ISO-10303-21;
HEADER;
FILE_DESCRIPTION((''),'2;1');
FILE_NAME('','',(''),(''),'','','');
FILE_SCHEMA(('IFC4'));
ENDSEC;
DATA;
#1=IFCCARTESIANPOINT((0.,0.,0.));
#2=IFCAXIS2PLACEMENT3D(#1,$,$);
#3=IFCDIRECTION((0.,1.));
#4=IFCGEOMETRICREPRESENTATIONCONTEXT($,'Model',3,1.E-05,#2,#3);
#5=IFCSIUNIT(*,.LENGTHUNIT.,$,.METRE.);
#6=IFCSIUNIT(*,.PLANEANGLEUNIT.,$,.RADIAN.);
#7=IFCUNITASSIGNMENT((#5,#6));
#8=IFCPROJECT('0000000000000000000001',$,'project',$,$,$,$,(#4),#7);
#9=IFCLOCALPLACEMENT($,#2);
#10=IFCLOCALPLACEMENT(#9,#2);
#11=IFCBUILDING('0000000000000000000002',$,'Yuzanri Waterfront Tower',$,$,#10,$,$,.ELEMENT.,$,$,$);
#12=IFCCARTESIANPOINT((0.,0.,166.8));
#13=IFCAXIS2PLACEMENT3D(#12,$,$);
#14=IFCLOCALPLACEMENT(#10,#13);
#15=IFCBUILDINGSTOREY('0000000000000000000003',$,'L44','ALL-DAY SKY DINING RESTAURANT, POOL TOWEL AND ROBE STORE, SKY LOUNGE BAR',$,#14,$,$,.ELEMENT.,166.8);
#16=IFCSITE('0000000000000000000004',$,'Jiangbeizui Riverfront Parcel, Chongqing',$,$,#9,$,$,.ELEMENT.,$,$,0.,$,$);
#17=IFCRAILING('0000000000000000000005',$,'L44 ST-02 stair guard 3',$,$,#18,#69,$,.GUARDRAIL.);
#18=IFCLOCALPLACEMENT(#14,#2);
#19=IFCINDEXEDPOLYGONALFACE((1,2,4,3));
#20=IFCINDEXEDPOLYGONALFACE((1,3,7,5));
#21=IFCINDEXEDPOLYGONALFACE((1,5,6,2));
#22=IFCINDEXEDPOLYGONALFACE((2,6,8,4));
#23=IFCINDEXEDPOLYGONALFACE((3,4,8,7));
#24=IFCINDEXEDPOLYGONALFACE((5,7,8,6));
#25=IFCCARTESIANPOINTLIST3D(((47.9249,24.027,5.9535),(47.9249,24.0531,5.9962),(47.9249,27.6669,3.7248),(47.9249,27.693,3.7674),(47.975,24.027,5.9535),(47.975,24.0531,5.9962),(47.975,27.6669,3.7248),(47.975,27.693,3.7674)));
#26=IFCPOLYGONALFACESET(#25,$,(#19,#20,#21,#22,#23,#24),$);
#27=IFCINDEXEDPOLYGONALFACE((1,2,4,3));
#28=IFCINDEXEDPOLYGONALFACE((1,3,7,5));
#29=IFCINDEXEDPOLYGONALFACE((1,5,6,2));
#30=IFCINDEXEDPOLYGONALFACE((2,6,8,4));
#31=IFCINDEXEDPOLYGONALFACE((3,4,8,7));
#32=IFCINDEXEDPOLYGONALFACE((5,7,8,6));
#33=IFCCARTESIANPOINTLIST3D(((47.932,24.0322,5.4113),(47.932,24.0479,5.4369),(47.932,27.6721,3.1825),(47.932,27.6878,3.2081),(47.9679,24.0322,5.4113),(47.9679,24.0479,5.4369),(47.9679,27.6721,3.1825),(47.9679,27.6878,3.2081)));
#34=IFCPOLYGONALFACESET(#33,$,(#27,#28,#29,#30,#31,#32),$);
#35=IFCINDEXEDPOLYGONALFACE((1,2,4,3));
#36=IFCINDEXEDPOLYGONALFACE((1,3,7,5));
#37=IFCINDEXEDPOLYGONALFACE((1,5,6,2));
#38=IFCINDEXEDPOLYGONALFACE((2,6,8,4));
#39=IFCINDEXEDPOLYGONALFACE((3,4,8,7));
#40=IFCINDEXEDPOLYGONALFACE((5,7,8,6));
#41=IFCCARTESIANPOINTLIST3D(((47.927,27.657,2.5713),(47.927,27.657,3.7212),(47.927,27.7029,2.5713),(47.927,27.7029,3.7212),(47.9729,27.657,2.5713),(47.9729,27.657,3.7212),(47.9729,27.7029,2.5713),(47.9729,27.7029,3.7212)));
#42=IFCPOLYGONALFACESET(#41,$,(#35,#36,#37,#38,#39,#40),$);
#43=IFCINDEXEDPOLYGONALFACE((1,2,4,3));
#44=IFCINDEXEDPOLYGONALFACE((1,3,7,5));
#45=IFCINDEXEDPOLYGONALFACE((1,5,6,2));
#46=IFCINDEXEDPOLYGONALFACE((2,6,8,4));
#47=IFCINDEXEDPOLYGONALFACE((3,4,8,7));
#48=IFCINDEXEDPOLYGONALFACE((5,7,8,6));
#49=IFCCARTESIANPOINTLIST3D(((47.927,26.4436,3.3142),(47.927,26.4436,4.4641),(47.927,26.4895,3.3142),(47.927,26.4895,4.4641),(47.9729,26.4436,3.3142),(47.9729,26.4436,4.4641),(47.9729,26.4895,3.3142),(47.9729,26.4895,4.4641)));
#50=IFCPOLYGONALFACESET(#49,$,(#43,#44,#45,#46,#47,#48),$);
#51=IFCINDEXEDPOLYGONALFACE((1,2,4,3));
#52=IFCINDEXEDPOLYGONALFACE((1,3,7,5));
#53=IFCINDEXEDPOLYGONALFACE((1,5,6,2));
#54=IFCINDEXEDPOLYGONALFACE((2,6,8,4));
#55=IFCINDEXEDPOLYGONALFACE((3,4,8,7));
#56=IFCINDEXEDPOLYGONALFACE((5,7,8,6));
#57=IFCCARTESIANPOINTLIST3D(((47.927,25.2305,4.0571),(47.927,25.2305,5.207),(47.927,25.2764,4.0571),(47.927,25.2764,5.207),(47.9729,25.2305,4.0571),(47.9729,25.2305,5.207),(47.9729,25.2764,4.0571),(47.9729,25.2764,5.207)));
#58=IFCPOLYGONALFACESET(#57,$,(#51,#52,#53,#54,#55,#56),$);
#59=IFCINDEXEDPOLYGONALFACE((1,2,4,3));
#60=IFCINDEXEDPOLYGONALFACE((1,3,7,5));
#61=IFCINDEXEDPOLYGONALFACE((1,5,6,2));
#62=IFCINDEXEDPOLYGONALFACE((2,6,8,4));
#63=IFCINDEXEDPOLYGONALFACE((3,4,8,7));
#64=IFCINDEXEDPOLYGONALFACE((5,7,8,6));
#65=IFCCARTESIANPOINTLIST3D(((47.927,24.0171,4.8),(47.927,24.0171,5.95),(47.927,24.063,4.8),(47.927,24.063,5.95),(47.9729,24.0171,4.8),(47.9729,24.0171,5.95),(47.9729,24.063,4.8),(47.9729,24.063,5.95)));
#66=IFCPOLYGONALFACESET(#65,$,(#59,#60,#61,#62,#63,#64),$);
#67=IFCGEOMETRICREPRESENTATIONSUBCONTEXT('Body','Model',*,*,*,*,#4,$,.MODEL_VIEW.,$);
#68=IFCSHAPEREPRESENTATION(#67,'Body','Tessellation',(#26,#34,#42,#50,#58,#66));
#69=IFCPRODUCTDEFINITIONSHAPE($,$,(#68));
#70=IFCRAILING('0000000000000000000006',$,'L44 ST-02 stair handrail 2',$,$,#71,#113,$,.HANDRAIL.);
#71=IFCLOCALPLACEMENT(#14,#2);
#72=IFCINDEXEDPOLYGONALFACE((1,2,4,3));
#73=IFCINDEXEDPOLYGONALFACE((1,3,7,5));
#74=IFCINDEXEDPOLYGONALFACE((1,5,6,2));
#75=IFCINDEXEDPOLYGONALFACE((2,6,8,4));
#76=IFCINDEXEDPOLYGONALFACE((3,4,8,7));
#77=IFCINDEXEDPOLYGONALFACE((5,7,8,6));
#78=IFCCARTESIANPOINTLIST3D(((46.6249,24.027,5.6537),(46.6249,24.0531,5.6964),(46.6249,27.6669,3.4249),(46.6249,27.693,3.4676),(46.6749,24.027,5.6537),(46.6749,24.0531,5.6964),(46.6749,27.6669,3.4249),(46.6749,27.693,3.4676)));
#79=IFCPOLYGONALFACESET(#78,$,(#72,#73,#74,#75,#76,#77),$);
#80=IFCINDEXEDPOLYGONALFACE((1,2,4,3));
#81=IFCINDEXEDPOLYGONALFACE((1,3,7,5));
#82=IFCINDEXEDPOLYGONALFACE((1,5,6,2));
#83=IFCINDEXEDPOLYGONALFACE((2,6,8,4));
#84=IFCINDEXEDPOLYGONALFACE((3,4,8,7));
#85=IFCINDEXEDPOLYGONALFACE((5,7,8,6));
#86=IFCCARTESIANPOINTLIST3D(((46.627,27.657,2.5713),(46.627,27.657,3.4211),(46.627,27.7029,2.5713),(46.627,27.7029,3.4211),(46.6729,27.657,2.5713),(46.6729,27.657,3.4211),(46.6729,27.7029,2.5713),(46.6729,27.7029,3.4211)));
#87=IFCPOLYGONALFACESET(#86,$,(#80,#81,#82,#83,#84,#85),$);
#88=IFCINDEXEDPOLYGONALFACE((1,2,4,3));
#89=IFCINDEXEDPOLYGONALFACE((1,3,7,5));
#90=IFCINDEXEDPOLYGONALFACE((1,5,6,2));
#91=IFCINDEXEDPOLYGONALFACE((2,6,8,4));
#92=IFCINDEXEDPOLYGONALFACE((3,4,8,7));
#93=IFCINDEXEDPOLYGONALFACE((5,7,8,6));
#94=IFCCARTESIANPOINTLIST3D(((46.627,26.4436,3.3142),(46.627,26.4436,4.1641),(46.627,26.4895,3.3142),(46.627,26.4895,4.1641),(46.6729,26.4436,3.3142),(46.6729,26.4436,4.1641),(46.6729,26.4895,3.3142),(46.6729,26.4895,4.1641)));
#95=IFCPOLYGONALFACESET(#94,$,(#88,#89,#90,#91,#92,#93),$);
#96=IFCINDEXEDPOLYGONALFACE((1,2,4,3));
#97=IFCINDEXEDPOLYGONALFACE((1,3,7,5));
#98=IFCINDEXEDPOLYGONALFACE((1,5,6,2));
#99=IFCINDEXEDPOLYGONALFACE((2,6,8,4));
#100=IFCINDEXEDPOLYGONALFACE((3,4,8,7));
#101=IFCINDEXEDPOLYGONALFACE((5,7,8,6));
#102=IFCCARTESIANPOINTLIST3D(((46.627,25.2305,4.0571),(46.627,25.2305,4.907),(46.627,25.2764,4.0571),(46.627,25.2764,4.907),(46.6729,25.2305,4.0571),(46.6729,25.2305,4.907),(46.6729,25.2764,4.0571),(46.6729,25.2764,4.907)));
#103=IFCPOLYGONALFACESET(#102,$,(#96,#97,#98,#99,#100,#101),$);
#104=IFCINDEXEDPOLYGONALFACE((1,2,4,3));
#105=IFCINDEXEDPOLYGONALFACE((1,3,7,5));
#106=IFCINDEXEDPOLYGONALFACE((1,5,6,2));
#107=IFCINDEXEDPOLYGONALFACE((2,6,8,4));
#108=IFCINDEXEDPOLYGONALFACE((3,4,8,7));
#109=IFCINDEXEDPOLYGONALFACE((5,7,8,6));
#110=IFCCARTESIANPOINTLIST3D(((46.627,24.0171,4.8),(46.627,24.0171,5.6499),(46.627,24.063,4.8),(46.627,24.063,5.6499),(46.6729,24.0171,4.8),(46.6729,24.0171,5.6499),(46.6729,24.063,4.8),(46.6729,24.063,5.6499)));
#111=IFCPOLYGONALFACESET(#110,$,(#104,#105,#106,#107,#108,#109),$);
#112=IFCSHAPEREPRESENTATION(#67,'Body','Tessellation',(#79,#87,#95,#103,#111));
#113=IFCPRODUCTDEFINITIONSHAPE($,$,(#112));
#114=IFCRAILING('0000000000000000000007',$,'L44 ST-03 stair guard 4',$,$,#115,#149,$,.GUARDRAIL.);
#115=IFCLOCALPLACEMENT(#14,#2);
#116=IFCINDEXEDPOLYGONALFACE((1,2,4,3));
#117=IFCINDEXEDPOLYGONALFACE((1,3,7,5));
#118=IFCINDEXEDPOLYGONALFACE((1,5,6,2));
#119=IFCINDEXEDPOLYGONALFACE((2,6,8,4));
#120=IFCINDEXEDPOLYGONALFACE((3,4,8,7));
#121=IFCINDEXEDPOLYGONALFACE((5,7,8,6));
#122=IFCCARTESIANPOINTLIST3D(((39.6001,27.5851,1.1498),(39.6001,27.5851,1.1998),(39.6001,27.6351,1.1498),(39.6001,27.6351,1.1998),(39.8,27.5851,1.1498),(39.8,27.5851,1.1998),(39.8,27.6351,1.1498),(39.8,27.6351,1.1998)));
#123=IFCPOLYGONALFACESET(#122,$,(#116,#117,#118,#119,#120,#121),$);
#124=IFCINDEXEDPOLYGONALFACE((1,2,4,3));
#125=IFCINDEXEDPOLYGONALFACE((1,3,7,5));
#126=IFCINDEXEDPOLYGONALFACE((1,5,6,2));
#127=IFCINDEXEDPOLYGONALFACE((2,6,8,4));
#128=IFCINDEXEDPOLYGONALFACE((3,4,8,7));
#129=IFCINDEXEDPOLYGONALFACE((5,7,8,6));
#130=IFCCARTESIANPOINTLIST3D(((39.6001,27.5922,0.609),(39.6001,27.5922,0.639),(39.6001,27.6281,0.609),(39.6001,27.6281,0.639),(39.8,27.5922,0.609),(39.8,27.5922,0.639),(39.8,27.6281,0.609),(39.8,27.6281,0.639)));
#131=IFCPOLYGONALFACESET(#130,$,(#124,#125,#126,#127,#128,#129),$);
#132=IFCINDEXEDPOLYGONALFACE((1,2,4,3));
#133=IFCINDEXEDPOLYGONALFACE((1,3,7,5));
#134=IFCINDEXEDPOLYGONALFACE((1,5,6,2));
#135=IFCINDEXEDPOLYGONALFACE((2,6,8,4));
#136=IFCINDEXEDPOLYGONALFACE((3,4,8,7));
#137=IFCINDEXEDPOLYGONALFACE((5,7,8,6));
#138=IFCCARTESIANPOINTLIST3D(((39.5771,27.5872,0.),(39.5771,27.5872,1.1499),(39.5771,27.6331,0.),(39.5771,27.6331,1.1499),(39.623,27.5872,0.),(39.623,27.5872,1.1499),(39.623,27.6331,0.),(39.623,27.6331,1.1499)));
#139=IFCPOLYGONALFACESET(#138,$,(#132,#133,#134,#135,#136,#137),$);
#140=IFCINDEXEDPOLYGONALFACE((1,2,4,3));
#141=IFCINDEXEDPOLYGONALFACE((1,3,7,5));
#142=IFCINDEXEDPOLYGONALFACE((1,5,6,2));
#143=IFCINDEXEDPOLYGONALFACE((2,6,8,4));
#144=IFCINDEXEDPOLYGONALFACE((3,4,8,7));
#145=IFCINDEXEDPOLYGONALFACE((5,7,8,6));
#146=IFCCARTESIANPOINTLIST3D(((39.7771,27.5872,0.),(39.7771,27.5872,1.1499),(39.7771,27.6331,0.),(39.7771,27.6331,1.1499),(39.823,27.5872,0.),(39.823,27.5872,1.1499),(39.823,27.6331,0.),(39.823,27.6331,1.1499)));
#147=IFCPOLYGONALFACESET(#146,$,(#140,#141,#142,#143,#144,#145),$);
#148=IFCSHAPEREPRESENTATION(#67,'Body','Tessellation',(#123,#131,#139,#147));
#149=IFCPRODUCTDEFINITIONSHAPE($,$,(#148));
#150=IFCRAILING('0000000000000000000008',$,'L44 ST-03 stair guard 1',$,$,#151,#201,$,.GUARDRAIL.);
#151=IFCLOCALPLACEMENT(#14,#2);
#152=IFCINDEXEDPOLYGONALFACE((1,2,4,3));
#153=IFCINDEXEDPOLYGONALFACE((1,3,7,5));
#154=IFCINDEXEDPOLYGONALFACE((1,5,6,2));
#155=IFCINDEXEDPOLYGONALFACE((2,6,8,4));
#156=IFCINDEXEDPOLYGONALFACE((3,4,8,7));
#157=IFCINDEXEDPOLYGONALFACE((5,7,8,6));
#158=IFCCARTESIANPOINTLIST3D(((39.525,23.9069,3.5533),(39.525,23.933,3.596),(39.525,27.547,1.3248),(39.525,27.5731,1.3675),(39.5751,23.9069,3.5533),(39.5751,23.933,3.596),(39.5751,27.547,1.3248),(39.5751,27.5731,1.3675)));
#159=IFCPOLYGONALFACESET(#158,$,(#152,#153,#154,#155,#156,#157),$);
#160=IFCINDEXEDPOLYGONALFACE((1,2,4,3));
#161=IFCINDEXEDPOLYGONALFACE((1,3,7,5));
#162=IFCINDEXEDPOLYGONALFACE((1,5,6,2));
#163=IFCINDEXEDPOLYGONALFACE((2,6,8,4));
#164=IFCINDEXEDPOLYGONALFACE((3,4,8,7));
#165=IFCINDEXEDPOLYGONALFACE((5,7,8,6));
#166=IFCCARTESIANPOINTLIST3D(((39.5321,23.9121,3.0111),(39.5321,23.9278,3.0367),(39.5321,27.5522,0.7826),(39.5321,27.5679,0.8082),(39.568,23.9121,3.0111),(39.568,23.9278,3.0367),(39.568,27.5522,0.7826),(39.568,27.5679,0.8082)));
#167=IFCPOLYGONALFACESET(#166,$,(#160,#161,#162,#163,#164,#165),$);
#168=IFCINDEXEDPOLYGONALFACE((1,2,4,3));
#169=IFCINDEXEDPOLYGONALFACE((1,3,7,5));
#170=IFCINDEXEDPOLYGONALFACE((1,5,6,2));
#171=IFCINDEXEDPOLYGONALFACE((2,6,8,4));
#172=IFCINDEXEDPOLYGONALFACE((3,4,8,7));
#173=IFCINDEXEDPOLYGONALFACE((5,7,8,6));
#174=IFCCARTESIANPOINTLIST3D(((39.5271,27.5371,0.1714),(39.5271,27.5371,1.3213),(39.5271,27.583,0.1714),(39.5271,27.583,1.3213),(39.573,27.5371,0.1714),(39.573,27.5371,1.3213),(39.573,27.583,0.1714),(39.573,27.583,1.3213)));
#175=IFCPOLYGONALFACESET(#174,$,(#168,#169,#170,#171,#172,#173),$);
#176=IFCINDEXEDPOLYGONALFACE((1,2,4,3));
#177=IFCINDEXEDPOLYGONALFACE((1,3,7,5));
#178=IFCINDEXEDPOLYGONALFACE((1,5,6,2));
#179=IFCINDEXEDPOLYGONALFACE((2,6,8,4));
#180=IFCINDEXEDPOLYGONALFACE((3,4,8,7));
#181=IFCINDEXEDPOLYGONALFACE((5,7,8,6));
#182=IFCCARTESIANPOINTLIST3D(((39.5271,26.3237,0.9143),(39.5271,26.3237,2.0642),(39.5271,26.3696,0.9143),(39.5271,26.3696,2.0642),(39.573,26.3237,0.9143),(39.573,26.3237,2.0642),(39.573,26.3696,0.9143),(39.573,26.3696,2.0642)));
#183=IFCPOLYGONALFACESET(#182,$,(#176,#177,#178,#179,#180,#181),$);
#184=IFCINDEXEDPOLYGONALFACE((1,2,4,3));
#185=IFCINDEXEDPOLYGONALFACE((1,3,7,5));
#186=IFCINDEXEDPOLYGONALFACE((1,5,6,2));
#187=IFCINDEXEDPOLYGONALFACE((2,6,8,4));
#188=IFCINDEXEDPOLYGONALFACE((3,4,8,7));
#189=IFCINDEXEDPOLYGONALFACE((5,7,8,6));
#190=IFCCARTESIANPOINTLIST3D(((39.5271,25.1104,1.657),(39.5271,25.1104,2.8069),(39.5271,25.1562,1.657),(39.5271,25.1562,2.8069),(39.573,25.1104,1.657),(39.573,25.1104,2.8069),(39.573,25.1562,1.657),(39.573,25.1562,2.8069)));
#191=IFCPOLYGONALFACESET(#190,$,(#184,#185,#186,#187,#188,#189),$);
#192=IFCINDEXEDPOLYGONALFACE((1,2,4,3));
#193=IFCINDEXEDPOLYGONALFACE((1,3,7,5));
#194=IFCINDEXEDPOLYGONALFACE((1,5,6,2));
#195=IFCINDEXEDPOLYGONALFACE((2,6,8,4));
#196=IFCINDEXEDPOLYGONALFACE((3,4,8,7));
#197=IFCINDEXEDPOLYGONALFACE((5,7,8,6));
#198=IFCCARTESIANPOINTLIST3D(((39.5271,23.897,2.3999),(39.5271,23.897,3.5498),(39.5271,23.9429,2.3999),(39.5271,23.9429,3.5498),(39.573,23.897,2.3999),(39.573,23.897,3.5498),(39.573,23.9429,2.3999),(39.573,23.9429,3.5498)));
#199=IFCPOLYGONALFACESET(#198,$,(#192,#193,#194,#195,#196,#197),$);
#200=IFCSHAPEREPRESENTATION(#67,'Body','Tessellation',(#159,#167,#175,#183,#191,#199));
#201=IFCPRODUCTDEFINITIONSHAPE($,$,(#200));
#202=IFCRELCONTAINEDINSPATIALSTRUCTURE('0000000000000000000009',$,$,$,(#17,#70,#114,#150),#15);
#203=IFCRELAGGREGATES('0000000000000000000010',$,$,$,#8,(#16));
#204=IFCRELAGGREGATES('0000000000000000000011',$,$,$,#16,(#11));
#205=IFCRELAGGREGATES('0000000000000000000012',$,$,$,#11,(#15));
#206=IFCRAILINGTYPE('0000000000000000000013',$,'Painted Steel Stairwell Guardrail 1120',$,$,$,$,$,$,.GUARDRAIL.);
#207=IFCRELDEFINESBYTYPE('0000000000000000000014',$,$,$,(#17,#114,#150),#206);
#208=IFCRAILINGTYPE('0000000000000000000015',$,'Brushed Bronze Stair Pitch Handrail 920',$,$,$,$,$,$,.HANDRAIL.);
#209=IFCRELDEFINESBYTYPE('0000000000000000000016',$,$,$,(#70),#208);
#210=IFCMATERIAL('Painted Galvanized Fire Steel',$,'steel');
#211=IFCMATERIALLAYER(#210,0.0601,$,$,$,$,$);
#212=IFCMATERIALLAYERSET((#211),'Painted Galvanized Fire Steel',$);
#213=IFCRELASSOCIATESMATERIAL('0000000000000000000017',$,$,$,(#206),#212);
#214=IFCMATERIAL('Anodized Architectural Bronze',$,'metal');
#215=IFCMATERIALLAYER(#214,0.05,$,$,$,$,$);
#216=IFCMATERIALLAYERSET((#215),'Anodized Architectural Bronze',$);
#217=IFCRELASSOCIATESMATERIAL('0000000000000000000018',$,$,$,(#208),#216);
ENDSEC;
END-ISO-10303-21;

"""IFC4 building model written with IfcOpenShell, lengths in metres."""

from ifc_helpers import new_model, si_unit, direction, frame, origin, origin_2d, place, context, subcontext, project, spatial, rectangle, extrude, source, transform, mapped, material, layer, layer_set, type_object, element, save


model = new_model("IFC4")

# Units and contexts
model_context = context("Model", 3, precision=1e-05, world=origin(), true_north=direction((0.0, 1.0)))
body_context = subcontext(model_context, "Body", "Model", "MODEL_VIEW")
ifc_project = project(units=[si_unit("LENGTHUNIT", "METRE"), si_unit("PLANEANGLEUNIT", "RADIAN")], contexts=[model_context])

# Site, building, storey
site_placement = place(None, origin())
site = spatial("IfcSite", under=ifc_project, at=site_placement, Name="Jiangbeizui Riverfront Parcel, Chongqing", CompositionType="ELEMENT", RefElevation=0.0)
building_placement = place(site_placement, origin())
building = spatial("IfcBuilding", under=site, at=building_placement, Name="Yuzanri Waterfront Tower", CompositionType="ELEMENT")
storey_placement = place(building_placement, frame((0.0, 0.0, 166.8)))
storey = spatial("IfcBuildingStorey", under=building, at=storey_placement, Name="L44", Description="ALL-DAY SKY DINING RESTAURANT, POOL TOWEL AND ROBE STORE, SKY LOUNGE BAR", CompositionType="ELEMENT", Elevation=166.8)

# Railings
ifc_material_1 = material(Name="Painted Galvanized Fire Steel", Category="steel")
ifc_layer_1 = layer(ifc_material_1, 0.0601)
ifc_layer_set_1 = layer_set([ifc_layer_1], Name="Painted Galvanized Fire Steel")
railing_type_1 = type_object("IfcRailingType", Name="Painted Steel Stairwell Guardrail 1120", PredefinedType="GUARDRAIL", material=ifc_layer_set_1)
shared_shape_1 = source(origin(), body_context, "Body", "SweptSolid", [
    extrude(rectangle(XDim=0.05, YDim=0.05, at=origin_2d()), frame((0.0, 0.0, 1.1748), z_axis=(0.0, -0.852825, 0.522197), x_axis=(1.0, 0.0, 0.0)), (0.0, 0.0, 1.0), 4.2681),
    extrude(rectangle(XDim=0.0359, YDim=0.03, at=origin_2d()), frame((0.0, 0.0, 0.624), z_axis=(0.0, -0.852825, 0.522197), x_axis=(1.0, 0.0, 0.0)), (0.0, 0.0, 1.0), 4.2681),
    extrude(rectangle(XDim=0.0459, YDim=0.0459, at=origin_2d()), origin(), (0.0, 0.0, 1.0), 1.1499),
    extrude(rectangle(XDim=0.0459, YDim=0.0459, at=origin_2d()), frame((0.0, -1.2134, 0.7429)), (0.0, 0.0, 1.0), 1.1499),
    extrude(rectangle(XDim=0.0459, YDim=0.0459, at=origin_2d()), frame((0.0, -2.4265, 1.4858)), (0.0, 0.0, 1.0), 1.1499),
    extrude(rectangle(XDim=0.0459, YDim=0.0459, at=origin_2d()), frame((0.0, -3.6399, 2.2288)), (0.0, 0.0, 1.0), 1.1499),
])
railing_1_placement = place(storey_placement, frame((47.95, 27.6799, 2.5713)))
element("IfcRailing", 1, at=railing_1_placement, inside=storey, type_object=railing_type_1, Name="L44 ST-02 stair guard 3", PredefinedType="GUARDRAIL", context=body_context, shape_type="MappedRepresentation", body=[
    mapped(shared_shape_1, transform((0.0, 0.0, 0.0), scale=1.0)),
])
ifc_material_2 = material(Name="Anodized Architectural Bronze", Category="metal")
ifc_layer_2 = layer(ifc_material_2, 0.05)
ifc_layer_set_2 = layer_set([ifc_layer_2], Name="Anodized Architectural Bronze")
railing_type_2 = type_object("IfcRailingType", Name="Brushed Bronze Stair Pitch Handrail 920", PredefinedType="HANDRAIL", material=ifc_layer_set_2)
shared_shape_2 = source(origin(), body_context, "Body", "SweptSolid", [
    extrude(rectangle(XDim=0.05, YDim=0.05, at=origin_2d()), frame((0.0, 0.0, 0.875), z_axis=(0.0, -0.852825, 0.522197), x_axis=(1.0, 0.0, 0.0)), (0.0, 0.0, 1.0), 4.2681),
    extrude(rectangle(XDim=0.0459, YDim=0.0459, at=origin_2d()), origin(), (0.0, 0.0, 1.0), 0.8499),
    extrude(rectangle(XDim=0.0459, YDim=0.0459, at=origin_2d()), frame((0.0, -1.2134, 0.7429)), (0.0, 0.0, 1.0), 0.8499),
    extrude(rectangle(XDim=0.0459, YDim=0.0459, at=origin_2d()), frame((0.0, -2.4265, 1.4858)), (0.0, 0.0, 1.0), 0.8499),
    extrude(rectangle(XDim=0.0459, YDim=0.0459, at=origin_2d()), frame((0.0, -3.6399, 2.2288)), (0.0, 0.0, 1.0), 0.8499),
])
railing_2_placement = place(storey_placement, frame((46.6499, 27.6799, 2.5713)))
element("IfcRailing", 2, at=railing_2_placement, inside=storey, type_object=railing_type_2, Name="L44 ST-02 stair handrail 2", PredefinedType="HANDRAIL", context=body_context, shape_type="MappedRepresentation", body=[
    mapped(shared_shape_2, transform((0.0, 0.0, 0.0), scale=1.0)),
])
shared_shape_3 = source(origin(), body_context, "Body", "SweptSolid", [
    extrude(rectangle(XDim=0.05, YDim=0.05, at=origin_2d()), frame((0.0, 0.0, 1.1748), z_axis=(1.0, 0.0, 0.0), x_axis=(0.0, 1.0, 0.0)), (0.0, 0.0, 1.0), 0.2),
    extrude(rectangle(XDim=0.0359, YDim=0.03, at=origin_2d()), frame((0.0, 0.0, 0.624), z_axis=(1.0, 0.0, 0.0), x_axis=(0.0, 1.0, 0.0)), (0.0, 0.0, 1.0), 0.2),
    extrude(rectangle(XDim=0.0459, YDim=0.0459, at=origin_2d()), origin(), (0.0, 0.0, 1.0), 1.1499),
    extrude(rectangle(XDim=0.0459, YDim=0.0459, at=origin_2d()), frame((0.2, 0.0, 0.0)), (0.0, 0.0, 1.0), 1.1499),
])
railing_3_placement = place(storey_placement, frame((39.6001, 27.6101, 0.0)))
element("IfcRailing", 3, at=railing_3_placement, inside=storey, type_object=railing_type_1, Name="L44 ST-03 stair guard 4", PredefinedType="GUARDRAIL", context=body_context, shape_type="MappedRepresentation", body=[
    mapped(shared_shape_3, transform((0.0, 0.0, 0.0), scale=1.0)),
])
shared_shape_4 = source(origin(), body_context, "Body", "SweptSolid", [
    extrude(rectangle(XDim=0.05, YDim=0.05, at=origin_2d()), frame((0.0, 0.0, 1.1748), z_axis=(0.0, -0.852866, 0.52213), x_axis=(1.0, 0.0, 0.0)), (0.0, 0.0, 1.0), 4.2681),
    extrude(rectangle(XDim=0.0359, YDim=0.03, at=origin_2d()), frame((0.0, 0.0, 0.624), z_axis=(0.0, -0.852866, 0.52213), x_axis=(1.0, 0.0, 0.0)), (0.0, 0.0, 1.0), 4.2681),
    extrude(rectangle(XDim=0.0459, YDim=0.0459, at=origin_2d()), origin(), (0.0, 0.0, 1.0), 1.1499),
    extrude(rectangle(XDim=0.0459, YDim=0.0459, at=origin_2d()), frame((0.0, -1.2134, 0.7429)), (0.0, 0.0, 1.0), 1.1499),
    extrude(rectangle(XDim=0.0459, YDim=0.0459, at=origin_2d()), frame((0.0, -2.4268, 1.4856)), (0.0, 0.0, 1.0), 1.1499),
    extrude(rectangle(XDim=0.0459, YDim=0.0459, at=origin_2d()), frame((0.0, -3.6401, 2.2285)), (0.0, 0.0, 1.0), 1.1499),
])
railing_4_placement = place(storey_placement, frame((39.55, 27.5601, 0.1714)))
element("IfcRailing", 4, at=railing_4_placement, inside=storey, type_object=railing_type_1, Name="L44 ST-03 stair guard 1", PredefinedType="GUARDRAIL", context=body_context, shape_type="MappedRepresentation", body=[
    mapped(shared_shape_4, transform((0.0, 0.0, 0.0), scale=1.0)),
])

save(model, "model.ifc")
